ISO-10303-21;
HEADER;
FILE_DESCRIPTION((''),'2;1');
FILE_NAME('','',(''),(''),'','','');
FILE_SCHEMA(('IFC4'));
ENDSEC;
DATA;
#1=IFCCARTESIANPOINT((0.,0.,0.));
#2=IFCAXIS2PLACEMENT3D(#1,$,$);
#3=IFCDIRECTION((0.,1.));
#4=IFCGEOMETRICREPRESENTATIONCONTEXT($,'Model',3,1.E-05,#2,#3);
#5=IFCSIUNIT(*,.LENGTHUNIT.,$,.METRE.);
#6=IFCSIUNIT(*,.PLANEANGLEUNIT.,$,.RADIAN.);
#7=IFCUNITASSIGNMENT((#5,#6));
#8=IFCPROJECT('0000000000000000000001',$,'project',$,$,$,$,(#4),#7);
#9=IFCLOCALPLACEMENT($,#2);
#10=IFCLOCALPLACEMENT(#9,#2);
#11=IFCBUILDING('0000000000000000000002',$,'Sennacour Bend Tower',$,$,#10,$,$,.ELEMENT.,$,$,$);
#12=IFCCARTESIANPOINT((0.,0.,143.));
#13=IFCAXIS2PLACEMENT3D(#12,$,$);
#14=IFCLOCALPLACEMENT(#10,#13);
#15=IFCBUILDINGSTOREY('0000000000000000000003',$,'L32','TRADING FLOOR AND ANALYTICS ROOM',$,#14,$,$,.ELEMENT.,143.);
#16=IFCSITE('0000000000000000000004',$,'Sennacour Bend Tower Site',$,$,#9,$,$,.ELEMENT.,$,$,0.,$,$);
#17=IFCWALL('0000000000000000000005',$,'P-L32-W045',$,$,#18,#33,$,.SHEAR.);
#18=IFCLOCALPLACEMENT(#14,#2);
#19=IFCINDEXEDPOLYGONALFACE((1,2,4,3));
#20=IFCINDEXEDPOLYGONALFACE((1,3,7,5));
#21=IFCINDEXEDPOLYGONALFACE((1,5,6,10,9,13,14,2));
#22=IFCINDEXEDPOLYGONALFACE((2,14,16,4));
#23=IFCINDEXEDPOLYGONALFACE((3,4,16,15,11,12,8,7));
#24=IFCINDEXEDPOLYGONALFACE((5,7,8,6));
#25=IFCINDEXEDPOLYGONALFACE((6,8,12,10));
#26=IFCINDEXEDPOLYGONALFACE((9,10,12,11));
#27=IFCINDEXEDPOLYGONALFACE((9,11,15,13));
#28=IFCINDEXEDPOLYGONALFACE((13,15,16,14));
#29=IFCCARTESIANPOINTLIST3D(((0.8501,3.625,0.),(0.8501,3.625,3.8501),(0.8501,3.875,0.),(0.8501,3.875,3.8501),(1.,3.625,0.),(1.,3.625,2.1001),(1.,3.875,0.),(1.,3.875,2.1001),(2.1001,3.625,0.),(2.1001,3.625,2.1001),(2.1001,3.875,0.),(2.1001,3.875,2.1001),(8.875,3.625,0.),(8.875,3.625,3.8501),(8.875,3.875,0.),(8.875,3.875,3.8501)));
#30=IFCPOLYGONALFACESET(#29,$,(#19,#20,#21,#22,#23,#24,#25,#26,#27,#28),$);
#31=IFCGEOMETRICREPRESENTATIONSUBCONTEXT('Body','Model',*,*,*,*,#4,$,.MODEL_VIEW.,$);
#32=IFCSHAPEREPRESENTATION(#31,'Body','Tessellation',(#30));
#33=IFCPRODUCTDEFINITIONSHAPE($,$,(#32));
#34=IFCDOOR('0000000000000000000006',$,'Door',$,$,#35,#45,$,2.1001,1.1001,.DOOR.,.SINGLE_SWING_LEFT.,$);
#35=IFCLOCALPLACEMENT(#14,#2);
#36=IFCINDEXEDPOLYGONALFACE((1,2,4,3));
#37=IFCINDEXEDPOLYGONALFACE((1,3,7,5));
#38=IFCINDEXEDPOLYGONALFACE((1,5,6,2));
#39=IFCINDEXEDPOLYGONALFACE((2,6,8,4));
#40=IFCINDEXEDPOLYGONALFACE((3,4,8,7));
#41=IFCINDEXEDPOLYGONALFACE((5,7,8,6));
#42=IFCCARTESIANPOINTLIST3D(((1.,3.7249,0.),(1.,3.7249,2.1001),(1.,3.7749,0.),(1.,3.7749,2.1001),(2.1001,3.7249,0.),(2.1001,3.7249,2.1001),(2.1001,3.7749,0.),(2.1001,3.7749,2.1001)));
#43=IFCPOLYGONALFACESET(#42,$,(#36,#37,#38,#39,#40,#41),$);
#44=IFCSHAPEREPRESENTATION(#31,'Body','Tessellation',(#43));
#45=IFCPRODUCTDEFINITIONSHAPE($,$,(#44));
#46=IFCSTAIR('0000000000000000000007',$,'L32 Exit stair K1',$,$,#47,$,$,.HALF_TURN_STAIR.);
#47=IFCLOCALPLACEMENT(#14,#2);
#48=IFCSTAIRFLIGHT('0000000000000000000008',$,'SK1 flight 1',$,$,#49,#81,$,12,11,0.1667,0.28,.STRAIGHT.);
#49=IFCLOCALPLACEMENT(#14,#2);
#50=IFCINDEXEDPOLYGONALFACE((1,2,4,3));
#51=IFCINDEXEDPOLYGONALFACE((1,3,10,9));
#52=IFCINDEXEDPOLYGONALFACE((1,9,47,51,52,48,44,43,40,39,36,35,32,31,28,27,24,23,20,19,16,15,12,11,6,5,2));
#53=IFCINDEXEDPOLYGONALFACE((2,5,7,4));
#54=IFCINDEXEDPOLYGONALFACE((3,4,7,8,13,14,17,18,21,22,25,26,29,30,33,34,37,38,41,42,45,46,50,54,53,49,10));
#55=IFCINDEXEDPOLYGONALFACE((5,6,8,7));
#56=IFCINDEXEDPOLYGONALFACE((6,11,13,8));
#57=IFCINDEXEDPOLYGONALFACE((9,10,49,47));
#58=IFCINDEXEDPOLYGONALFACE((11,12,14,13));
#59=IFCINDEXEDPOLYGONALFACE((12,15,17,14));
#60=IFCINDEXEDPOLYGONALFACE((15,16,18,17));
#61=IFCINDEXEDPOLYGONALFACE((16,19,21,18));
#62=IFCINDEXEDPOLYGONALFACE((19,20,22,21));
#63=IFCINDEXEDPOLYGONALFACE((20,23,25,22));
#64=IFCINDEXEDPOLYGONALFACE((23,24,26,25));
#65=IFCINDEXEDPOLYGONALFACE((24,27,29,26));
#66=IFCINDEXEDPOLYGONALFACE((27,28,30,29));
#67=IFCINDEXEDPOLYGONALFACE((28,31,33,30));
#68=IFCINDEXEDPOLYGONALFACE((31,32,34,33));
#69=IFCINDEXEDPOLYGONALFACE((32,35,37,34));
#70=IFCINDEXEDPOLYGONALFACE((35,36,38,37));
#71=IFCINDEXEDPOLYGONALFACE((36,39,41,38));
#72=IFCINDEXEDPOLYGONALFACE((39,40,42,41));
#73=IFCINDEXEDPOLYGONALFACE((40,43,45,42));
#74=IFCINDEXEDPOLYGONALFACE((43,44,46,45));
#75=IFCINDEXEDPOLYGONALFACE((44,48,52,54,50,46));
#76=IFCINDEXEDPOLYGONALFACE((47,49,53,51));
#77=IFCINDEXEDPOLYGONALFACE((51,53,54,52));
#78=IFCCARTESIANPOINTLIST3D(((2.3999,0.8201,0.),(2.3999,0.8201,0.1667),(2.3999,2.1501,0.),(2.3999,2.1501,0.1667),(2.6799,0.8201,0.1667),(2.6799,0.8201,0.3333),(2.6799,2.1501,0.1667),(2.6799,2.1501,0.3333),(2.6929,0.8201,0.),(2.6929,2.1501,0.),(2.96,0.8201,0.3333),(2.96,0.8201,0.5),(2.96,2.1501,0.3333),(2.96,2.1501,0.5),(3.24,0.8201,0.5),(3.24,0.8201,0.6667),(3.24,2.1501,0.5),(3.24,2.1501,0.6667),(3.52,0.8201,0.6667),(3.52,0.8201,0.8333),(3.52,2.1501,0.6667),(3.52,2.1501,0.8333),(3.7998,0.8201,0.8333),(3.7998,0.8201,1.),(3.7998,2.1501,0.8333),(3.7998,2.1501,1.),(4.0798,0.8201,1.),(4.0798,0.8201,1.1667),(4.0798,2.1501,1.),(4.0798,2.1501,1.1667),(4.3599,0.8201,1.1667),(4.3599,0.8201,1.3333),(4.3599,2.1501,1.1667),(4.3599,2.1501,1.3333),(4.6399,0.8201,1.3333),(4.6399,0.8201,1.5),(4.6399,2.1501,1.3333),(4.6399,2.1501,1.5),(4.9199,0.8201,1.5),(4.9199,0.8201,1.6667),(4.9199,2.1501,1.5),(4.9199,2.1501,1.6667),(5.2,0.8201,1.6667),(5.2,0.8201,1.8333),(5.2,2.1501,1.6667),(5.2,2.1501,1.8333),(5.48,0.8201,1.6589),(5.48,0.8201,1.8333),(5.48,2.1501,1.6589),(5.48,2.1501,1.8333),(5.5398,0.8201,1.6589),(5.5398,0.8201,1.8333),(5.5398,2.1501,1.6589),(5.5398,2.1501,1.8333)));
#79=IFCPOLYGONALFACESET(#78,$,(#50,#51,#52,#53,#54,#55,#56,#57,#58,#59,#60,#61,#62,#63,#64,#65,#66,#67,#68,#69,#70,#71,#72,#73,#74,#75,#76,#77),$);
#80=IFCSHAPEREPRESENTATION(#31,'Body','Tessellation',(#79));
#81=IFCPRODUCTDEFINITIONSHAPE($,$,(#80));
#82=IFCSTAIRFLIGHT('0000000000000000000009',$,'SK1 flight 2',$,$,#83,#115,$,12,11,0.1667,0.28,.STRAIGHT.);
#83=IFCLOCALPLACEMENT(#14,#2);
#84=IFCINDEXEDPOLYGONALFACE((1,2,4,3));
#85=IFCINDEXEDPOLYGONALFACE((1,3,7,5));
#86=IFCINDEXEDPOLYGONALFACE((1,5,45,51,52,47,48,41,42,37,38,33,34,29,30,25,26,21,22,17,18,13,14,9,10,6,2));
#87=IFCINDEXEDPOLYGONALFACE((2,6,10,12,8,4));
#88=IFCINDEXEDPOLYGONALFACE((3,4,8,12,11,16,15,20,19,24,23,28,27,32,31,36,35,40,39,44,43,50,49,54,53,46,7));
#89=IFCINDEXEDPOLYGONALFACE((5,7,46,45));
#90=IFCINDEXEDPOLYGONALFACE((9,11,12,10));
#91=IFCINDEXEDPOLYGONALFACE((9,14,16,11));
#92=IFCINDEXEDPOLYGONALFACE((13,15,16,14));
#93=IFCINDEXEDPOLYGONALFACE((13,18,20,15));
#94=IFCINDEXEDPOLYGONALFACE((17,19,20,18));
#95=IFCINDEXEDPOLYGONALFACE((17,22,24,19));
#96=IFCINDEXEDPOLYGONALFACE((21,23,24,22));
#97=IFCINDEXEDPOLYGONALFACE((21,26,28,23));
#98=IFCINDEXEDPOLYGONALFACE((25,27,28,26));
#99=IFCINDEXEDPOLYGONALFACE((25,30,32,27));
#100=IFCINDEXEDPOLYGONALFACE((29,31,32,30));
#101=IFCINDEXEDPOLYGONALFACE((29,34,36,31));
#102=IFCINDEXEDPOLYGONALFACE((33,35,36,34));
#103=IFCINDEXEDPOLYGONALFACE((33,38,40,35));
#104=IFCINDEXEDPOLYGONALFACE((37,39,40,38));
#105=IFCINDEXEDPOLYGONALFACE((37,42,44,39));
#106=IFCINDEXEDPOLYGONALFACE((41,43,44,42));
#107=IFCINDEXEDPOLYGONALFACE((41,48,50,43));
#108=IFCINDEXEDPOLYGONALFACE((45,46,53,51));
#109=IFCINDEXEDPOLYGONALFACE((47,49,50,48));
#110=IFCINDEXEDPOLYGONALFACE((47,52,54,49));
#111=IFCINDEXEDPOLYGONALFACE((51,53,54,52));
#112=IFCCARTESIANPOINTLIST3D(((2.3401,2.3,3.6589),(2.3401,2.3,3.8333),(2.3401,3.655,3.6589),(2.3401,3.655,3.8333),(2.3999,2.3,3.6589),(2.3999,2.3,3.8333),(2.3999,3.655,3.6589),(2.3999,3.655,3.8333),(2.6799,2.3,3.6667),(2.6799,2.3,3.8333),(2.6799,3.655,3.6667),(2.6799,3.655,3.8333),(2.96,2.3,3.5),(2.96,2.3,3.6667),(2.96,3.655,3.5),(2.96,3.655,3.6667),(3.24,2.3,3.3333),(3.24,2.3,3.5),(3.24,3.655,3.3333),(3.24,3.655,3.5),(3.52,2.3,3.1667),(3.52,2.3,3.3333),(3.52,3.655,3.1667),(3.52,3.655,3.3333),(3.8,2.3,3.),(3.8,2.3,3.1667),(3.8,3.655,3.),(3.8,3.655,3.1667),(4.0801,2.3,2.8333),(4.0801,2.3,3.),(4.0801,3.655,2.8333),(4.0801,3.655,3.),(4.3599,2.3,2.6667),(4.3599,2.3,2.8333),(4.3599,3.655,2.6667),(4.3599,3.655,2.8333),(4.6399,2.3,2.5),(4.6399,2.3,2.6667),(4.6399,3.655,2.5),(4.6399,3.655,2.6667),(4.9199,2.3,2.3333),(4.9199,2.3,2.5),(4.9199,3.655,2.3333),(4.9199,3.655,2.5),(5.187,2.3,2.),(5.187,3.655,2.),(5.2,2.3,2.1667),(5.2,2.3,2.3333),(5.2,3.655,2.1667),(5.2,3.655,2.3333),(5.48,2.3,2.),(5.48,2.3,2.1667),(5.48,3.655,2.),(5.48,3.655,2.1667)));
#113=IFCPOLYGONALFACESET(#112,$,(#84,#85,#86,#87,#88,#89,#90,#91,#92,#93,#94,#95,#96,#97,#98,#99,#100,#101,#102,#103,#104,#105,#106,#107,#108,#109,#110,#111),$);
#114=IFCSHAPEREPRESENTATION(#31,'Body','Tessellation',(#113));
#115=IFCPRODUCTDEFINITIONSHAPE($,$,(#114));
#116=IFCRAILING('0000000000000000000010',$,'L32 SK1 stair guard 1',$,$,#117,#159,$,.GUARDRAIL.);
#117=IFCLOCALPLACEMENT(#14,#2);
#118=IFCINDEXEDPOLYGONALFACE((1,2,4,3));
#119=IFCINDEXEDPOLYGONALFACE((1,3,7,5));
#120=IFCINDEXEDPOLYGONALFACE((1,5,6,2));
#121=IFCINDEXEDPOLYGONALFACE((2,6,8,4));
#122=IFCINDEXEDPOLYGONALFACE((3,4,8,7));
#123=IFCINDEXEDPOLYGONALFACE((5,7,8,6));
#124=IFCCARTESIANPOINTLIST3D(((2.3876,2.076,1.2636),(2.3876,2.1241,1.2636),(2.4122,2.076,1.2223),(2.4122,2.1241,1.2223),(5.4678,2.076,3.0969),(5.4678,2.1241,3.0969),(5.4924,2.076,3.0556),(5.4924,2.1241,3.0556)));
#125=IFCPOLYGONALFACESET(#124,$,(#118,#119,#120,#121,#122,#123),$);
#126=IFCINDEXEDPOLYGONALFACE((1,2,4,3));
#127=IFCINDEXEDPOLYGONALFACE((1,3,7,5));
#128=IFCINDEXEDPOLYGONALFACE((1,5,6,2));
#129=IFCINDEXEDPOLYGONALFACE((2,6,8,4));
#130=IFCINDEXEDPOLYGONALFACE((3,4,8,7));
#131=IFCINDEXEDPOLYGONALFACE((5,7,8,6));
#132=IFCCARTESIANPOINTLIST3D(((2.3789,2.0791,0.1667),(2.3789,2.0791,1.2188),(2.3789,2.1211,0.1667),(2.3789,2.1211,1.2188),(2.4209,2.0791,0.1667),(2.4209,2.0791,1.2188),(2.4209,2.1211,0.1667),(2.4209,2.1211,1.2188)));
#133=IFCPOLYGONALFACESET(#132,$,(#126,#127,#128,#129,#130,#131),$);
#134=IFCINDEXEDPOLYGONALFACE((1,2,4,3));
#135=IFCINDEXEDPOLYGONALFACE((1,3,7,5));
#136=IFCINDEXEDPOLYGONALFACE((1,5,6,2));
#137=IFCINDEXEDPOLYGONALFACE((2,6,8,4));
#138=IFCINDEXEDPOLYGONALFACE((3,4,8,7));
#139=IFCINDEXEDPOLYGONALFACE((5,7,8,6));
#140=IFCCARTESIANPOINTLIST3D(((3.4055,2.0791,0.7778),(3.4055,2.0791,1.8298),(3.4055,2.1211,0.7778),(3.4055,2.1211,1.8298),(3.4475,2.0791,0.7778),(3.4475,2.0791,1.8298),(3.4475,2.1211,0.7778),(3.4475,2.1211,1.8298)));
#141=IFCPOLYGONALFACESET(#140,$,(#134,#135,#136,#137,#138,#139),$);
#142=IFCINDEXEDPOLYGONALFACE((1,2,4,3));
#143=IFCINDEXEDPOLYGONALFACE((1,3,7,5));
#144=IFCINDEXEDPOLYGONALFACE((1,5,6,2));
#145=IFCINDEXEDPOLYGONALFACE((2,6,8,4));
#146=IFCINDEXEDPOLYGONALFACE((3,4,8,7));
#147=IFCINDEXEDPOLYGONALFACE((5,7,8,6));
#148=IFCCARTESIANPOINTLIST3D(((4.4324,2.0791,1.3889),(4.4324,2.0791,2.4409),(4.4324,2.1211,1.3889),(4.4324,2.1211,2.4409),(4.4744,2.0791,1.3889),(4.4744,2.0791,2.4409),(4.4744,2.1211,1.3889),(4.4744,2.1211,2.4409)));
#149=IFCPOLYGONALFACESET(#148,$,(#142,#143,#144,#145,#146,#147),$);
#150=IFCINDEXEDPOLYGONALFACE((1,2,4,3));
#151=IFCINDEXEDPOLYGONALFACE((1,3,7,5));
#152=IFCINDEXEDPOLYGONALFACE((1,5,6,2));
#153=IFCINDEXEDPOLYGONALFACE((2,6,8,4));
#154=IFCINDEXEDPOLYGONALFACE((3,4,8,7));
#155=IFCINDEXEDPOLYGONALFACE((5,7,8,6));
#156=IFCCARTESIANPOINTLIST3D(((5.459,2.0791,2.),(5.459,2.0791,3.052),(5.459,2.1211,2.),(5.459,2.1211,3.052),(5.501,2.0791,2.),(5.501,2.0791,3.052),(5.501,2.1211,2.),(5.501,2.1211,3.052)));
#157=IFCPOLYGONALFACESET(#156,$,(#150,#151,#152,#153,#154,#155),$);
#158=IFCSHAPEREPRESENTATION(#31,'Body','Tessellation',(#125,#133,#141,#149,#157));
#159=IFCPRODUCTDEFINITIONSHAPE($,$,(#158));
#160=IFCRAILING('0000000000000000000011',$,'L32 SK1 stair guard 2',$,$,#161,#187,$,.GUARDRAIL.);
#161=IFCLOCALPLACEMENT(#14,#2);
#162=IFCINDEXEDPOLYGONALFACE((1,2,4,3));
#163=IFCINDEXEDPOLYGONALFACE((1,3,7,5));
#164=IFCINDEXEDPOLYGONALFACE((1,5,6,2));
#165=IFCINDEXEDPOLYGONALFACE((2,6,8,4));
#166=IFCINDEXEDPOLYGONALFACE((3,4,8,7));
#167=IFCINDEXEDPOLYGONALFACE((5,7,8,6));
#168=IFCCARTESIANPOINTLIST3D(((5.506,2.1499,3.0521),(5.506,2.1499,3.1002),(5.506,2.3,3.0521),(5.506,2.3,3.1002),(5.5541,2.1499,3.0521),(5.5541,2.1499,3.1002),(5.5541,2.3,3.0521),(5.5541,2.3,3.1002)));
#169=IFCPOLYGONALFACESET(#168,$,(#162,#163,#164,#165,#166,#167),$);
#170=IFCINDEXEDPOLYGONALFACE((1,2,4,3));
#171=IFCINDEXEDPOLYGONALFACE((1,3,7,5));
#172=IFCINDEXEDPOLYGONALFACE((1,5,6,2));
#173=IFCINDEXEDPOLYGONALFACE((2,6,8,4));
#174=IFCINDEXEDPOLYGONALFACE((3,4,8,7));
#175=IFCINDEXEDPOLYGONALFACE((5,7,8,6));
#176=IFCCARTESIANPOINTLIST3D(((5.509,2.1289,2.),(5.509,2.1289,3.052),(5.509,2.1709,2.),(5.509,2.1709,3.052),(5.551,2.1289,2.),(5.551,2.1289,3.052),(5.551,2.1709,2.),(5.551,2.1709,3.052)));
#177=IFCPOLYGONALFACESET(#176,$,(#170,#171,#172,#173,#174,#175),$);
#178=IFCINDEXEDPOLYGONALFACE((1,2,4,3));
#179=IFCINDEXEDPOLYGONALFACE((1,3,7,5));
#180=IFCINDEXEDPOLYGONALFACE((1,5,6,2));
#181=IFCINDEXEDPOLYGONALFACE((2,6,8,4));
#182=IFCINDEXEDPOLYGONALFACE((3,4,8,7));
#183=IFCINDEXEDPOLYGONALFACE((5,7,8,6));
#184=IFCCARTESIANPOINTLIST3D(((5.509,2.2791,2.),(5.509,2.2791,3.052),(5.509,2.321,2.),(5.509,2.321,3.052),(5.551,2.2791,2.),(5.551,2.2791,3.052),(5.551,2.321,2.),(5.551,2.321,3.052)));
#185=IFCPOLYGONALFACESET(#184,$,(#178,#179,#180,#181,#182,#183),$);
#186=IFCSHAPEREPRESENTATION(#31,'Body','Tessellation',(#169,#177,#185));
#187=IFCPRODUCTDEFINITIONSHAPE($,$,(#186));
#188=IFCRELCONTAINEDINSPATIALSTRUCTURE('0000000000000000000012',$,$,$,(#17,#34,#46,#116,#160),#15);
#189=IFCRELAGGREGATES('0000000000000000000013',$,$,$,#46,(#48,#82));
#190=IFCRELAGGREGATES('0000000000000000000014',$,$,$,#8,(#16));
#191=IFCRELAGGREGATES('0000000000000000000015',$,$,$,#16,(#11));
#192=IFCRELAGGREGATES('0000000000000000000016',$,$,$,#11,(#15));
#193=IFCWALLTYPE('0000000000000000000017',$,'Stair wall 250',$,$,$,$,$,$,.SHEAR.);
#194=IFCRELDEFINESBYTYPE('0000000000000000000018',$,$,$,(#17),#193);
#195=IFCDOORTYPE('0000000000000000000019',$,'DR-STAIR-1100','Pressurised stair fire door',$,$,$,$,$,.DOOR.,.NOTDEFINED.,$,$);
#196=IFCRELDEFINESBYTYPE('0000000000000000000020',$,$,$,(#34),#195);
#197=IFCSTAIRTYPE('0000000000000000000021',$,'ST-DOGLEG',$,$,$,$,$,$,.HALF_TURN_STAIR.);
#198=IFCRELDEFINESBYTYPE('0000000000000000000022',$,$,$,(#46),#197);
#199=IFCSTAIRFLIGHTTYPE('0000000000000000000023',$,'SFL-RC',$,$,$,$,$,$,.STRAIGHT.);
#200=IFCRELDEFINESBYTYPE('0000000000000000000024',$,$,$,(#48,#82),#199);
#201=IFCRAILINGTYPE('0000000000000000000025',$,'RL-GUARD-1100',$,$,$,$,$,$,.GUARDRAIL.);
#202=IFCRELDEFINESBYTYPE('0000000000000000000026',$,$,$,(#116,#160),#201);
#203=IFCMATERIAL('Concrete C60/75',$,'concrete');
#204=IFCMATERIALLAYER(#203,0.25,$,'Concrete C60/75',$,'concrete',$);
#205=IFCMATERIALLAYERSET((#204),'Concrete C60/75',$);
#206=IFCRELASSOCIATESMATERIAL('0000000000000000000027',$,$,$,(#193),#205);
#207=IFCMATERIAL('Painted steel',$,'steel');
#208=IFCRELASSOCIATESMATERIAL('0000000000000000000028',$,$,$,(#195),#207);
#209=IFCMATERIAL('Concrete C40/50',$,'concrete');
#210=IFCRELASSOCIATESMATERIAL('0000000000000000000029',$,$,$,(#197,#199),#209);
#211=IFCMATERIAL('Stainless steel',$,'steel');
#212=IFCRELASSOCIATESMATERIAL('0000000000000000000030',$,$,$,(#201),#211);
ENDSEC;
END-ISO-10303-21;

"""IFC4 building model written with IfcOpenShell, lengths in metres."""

from ifc_helpers import new_model, si_unit, direction, frame, frame_2d, origin, origin_2d, place, context, subcontext, project, spatial, polyline, rectangle, outline, extrude, material, layer, layer_set, type_object, element, fill, aggregate, save


model = new_model("IFC4")

# Units and contexts
model_context = context("Model", 3, precision=1e-05, world=origin(), true_north=direction((0.0, 1.0)))
body_context = subcontext(model_context, "Body", "Model", "MODEL_VIEW")
ifc_project = project(units=[si_unit("LENGTHUNIT", "METRE"), si_unit("PLANEANGLEUNIT", "RADIAN")], contexts=[model_context])

# Site, building, storey
site_placement = place(None, origin())
site = spatial("IfcSite", under=ifc_project, at=site_placement, Name="Sennacour Bend Tower Site", CompositionType="ELEMENT", RefElevation=0.0)
building_placement = place(site_placement, origin())
building = spatial("IfcBuilding", under=site, at=building_placement, Name="Sennacour Bend Tower", CompositionType="ELEMENT")
storey_placement = place(building_placement, frame((0.0, 0.0, 143.0)))
storey = spatial("IfcBuildingStorey", under=building, at=storey_placement, Name="L32", Description="TRADING FLOOR AND ANALYTICS ROOM", CompositionType="ELEMENT", Elevation=143.0)

# Wall, opening, door
ifc_material_1 = material(Name="Concrete C60/75", Category="concrete")
ifc_layer_1 = layer(ifc_material_1, 0.25, Name="Concrete C60/75", Category="concrete")
ifc_layer_set_1 = layer_set([ifc_layer_1], Name="Concrete C60/75")
wall_type_1 = type_object("IfcWallType", Name="Stair wall 250", PredefinedType="SHEAR", material=ifc_layer_set_1)
wall_1_placement = place(storey_placement, frame((0.8501, 3.75, 0.0), z_axis=(0.0, 0.0, 1.0), x_axis=(1.0, 0.0, 0.0)))
wall_1 = element("IfcWall", 1, at=wall_1_placement, inside=storey, type_object=wall_type_1, Name="P-L32-W045", PredefinedType="SHEAR", context=body_context, shape_type="SweptSolid", body=[
    extrude(rectangle(XDim=8.0249, YDim=0.25, at=frame_2d((4.0125, 0.0))), origin(), (0.0, 0.0, 1.0), 3.8501),
])
opening_1_placement = place(wall_1_placement, frame((0.1499, 0.0, 0.0)))
opening_1 = element("IfcOpeningElement", 2, at=opening_1_placement, cuts=wall_1, PredefinedType="OPENING", context=body_context, shape_type="SweptSolid", body=[
    extrude(rectangle(XDim=1.1001, YDim=2.1001, at=frame_2d((0.55, 1.05))), frame((0.0, 0.135, 0.0), z_axis=(0.0, -1.0, 0.0), x_axis=(1.0, 0.0, 0.0)), (0.0, 0.0, 1.0), 0.27),
])
ifc_material_2 = material(Name="Painted steel", Category="steel")
door_type = type_object("IfcDoorType", Name="DR-STAIR-1100", Description="Pressurised stair fire door", OperationType="NOTDEFINED", PredefinedType="DOOR", material=ifc_material_2)
door_placement = place(opening_1_placement, origin())
door = element("IfcDoor", 3, at=door_placement, inside=storey, type_object=door_type, Name="Door", OperationType="SINGLE_SWING_LEFT", OverallHeight=2.1001, OverallWidth=1.1001, PredefinedType="DOOR", context=body_context, shape_type="SweptSolid", body=[
    extrude(rectangle(XDim=1.1001, YDim=2.1001, at=frame_2d((0.55, 1.05))), frame((0.0, 0.0249, 0.0), z_axis=(0.0, -1.0, 0.0), x_axis=(1.0, 0.0, 0.0)), (0.0, 0.0, 1.0), 0.05),
])
fill(opening_1, door)

# Stair, stair flights
ifc_material_3 = material(Name="Concrete C40/50", Category="concrete")
stair_type = type_object("IfcStairType", Name="ST-DOGLEG", PredefinedType="HALF_TURN_STAIR", material=ifc_material_3)
stair_placement = place(storey_placement, origin())
stair = element("IfcStair", 4, at=stair_placement, inside=storey, type_object=stair_type, Name="L32 Exit stair K1", PredefinedType="HALF_TURN_STAIR")
stair_flight_type = type_object("IfcStairFlightType", Name="SFL-RC", PredefinedType="STRAIGHT", material=ifc_material_3)
stair_flight_1_placement = place(storey_placement, frame((2.3999, 1.4851, 0.0), z_axis=(0.0, 0.0, 1.0), x_axis=(1.0, 0.0, 0.0)))
stair_flight_1 = element("IfcStairFlight", 5, at=stair_flight_1_placement, type_object=stair_flight_type, Name="SK1 flight 1", NumberOfRisers=12, NumberOfTreads=11, PredefinedType="STRAIGHT", RiserHeight=0.1667, TreadLength=0.28, context=body_context, shape_type="SweptSolid", body=[
    extrude(outline(polyline([(0.0, 0.0), (0.0, 0.1667), (0.28, 0.1667), (0.28, 0.3333), (0.5601, 0.3333), (0.5601, 0.5), (0.8401, 0.5), (0.8401, 0.6667), (1.1201, 0.6667), (1.1201, 0.8333), (1.3999, 0.8333), (1.3999, 1.0), (1.6799, 1.0), (1.6799, 1.1667), (1.96, 1.1667), (1.96, 1.3333), (2.24, 1.3333), (2.24, 1.5), (2.52, 1.5), (2.52, 1.6667), (2.8, 1.6667), (2.8, 1.8333), (3.0801, 1.8333), (3.1399, 1.8333), (3.1399, 1.6589), (3.0801, 1.6589), (0.293, 0.0), (0.0, 0.0)])), frame((0.0, 0.665, 0.0), z_axis=(0.0, -1.0, 0.0), x_axis=(1.0, 0.0, 0.0)), (0.0, 0.0, 1.0), 1.3301),
])
stair_flight_2_placement = place(storey_placement, frame((5.48, 2.9775, 2.0), z_axis=(0.0, 0.0, 1.0), x_axis=(-1.0, 0.0, 0.0)))
stair_flight_2 = element("IfcStairFlight", 6, at=stair_flight_2_placement, type_object=stair_flight_type, Name="SK1 flight 2", NumberOfRisers=12, NumberOfTreads=11, PredefinedType="STRAIGHT", RiserHeight=0.1667, TreadLength=0.28, context=body_context, shape_type="SweptSolid", body=[
    extrude(outline(polyline([(0.0, 0.0), (0.0, 0.1667), (0.28, 0.1667), (0.28, 0.3333), (0.5601, 0.3333), (0.5601, 0.5), (0.8401, 0.5), (0.8401, 0.6667), (1.1201, 0.6667), (1.1201, 0.8333), (1.3999, 0.8333), (1.3999, 1.0), (1.6799, 1.0), (1.6799, 1.1667), (1.96, 1.1667), (1.96, 1.3333), (2.24, 1.3333), (2.24, 1.5), (2.52, 1.5), (2.52, 1.6667), (2.8, 1.6667), (2.8, 1.8333), (3.0801, 1.8333), (3.1399, 1.8333), (3.1399, 1.6589), (3.0801, 1.6589), (0.293, 0.0), (0.0, 0.0)])), frame((0.0, 0.6775, 0.0), z_axis=(0.0, -1.0, 0.0), x_axis=(1.0, 0.0, 0.0)), (0.0, 0.0, 1.0), 1.355),
])
aggregate(stair, [stair_flight_1, stair_flight_2])

# Railings
ifc_material_4 = material(Name="Stainless steel", Category="steel")
railing_type_1 = type_object("IfcRailingType", Name="RL-GUARD-1100", PredefinedType="GUARDRAIL", material=ifc_material_4)
railing_1_placement = place(storey_placement, frame((2.3999, 2.1001, 0.1667)))
element("IfcRailing", 7, at=railing_1_placement, inside=storey, type_object=railing_type_1, Name="L32 SK1 stair guard 1", PredefinedType="GUARDRAIL", context=body_context, shape_type="SweptSolid", body=[
    extrude(rectangle(XDim=0.0481, YDim=0.0481, at=origin_2d()), frame((0.0, 0.0, 1.0762), z_axis=(0.859309, 0.0, 0.511458), x_axis=(0.0, 1.0, 0.0)), (0.0, 0.0, 1.0), 3.5845),
    extrude(rectangle(XDim=0.042, YDim=0.042, at=origin_2d()), origin(), (0.0, 0.0, 1.0), 1.052),
    extrude(rectangle(XDim=0.042, YDim=0.042, at=origin_2d()), frame((1.0266, 0.0, 0.6111)), (0.0, 0.0, 1.0), 1.052),
    extrude(rectangle(XDim=0.042, YDim=0.042, at=origin_2d()), frame((2.0535, 0.0, 1.2222)), (0.0, 0.0, 1.0), 1.052),
    extrude(rectangle(XDim=0.042, YDim=0.042, at=origin_2d()), frame((3.0801, 0.0, 1.8333)), (0.0, 0.0, 1.0), 1.052),
])
railing_2_placement = place(storey_placement, frame((5.53, 2.1499, 2.0)))
element("IfcRailing", 8, at=railing_2_placement, inside=storey, type_object=railing_type_1, Name="L32 SK1 stair guard 2", PredefinedType="GUARDRAIL", context=body_context, shape_type="SweptSolid", body=[
    extrude(rectangle(XDim=0.0481, YDim=0.0481, at=origin_2d()), frame((0.0, 0.0, 1.0762), z_axis=(0.0, 1.0, 0.0), x_axis=(-1.0, 0.0, 0.0)), (0.0, 0.0, 1.0), 0.1501),
    extrude(rectangle(XDim=0.042, YDim=0.042, at=origin_2d()), origin(), (0.0, 0.0, 1.0), 1.052),
    extrude(rectangle(XDim=0.042, YDim=0.042, at=origin_2d()), frame((0.0, 0.1501, 0.0)), (0.0, 0.0, 1.0), 1.052),
])

save(model, "model.ifc")
